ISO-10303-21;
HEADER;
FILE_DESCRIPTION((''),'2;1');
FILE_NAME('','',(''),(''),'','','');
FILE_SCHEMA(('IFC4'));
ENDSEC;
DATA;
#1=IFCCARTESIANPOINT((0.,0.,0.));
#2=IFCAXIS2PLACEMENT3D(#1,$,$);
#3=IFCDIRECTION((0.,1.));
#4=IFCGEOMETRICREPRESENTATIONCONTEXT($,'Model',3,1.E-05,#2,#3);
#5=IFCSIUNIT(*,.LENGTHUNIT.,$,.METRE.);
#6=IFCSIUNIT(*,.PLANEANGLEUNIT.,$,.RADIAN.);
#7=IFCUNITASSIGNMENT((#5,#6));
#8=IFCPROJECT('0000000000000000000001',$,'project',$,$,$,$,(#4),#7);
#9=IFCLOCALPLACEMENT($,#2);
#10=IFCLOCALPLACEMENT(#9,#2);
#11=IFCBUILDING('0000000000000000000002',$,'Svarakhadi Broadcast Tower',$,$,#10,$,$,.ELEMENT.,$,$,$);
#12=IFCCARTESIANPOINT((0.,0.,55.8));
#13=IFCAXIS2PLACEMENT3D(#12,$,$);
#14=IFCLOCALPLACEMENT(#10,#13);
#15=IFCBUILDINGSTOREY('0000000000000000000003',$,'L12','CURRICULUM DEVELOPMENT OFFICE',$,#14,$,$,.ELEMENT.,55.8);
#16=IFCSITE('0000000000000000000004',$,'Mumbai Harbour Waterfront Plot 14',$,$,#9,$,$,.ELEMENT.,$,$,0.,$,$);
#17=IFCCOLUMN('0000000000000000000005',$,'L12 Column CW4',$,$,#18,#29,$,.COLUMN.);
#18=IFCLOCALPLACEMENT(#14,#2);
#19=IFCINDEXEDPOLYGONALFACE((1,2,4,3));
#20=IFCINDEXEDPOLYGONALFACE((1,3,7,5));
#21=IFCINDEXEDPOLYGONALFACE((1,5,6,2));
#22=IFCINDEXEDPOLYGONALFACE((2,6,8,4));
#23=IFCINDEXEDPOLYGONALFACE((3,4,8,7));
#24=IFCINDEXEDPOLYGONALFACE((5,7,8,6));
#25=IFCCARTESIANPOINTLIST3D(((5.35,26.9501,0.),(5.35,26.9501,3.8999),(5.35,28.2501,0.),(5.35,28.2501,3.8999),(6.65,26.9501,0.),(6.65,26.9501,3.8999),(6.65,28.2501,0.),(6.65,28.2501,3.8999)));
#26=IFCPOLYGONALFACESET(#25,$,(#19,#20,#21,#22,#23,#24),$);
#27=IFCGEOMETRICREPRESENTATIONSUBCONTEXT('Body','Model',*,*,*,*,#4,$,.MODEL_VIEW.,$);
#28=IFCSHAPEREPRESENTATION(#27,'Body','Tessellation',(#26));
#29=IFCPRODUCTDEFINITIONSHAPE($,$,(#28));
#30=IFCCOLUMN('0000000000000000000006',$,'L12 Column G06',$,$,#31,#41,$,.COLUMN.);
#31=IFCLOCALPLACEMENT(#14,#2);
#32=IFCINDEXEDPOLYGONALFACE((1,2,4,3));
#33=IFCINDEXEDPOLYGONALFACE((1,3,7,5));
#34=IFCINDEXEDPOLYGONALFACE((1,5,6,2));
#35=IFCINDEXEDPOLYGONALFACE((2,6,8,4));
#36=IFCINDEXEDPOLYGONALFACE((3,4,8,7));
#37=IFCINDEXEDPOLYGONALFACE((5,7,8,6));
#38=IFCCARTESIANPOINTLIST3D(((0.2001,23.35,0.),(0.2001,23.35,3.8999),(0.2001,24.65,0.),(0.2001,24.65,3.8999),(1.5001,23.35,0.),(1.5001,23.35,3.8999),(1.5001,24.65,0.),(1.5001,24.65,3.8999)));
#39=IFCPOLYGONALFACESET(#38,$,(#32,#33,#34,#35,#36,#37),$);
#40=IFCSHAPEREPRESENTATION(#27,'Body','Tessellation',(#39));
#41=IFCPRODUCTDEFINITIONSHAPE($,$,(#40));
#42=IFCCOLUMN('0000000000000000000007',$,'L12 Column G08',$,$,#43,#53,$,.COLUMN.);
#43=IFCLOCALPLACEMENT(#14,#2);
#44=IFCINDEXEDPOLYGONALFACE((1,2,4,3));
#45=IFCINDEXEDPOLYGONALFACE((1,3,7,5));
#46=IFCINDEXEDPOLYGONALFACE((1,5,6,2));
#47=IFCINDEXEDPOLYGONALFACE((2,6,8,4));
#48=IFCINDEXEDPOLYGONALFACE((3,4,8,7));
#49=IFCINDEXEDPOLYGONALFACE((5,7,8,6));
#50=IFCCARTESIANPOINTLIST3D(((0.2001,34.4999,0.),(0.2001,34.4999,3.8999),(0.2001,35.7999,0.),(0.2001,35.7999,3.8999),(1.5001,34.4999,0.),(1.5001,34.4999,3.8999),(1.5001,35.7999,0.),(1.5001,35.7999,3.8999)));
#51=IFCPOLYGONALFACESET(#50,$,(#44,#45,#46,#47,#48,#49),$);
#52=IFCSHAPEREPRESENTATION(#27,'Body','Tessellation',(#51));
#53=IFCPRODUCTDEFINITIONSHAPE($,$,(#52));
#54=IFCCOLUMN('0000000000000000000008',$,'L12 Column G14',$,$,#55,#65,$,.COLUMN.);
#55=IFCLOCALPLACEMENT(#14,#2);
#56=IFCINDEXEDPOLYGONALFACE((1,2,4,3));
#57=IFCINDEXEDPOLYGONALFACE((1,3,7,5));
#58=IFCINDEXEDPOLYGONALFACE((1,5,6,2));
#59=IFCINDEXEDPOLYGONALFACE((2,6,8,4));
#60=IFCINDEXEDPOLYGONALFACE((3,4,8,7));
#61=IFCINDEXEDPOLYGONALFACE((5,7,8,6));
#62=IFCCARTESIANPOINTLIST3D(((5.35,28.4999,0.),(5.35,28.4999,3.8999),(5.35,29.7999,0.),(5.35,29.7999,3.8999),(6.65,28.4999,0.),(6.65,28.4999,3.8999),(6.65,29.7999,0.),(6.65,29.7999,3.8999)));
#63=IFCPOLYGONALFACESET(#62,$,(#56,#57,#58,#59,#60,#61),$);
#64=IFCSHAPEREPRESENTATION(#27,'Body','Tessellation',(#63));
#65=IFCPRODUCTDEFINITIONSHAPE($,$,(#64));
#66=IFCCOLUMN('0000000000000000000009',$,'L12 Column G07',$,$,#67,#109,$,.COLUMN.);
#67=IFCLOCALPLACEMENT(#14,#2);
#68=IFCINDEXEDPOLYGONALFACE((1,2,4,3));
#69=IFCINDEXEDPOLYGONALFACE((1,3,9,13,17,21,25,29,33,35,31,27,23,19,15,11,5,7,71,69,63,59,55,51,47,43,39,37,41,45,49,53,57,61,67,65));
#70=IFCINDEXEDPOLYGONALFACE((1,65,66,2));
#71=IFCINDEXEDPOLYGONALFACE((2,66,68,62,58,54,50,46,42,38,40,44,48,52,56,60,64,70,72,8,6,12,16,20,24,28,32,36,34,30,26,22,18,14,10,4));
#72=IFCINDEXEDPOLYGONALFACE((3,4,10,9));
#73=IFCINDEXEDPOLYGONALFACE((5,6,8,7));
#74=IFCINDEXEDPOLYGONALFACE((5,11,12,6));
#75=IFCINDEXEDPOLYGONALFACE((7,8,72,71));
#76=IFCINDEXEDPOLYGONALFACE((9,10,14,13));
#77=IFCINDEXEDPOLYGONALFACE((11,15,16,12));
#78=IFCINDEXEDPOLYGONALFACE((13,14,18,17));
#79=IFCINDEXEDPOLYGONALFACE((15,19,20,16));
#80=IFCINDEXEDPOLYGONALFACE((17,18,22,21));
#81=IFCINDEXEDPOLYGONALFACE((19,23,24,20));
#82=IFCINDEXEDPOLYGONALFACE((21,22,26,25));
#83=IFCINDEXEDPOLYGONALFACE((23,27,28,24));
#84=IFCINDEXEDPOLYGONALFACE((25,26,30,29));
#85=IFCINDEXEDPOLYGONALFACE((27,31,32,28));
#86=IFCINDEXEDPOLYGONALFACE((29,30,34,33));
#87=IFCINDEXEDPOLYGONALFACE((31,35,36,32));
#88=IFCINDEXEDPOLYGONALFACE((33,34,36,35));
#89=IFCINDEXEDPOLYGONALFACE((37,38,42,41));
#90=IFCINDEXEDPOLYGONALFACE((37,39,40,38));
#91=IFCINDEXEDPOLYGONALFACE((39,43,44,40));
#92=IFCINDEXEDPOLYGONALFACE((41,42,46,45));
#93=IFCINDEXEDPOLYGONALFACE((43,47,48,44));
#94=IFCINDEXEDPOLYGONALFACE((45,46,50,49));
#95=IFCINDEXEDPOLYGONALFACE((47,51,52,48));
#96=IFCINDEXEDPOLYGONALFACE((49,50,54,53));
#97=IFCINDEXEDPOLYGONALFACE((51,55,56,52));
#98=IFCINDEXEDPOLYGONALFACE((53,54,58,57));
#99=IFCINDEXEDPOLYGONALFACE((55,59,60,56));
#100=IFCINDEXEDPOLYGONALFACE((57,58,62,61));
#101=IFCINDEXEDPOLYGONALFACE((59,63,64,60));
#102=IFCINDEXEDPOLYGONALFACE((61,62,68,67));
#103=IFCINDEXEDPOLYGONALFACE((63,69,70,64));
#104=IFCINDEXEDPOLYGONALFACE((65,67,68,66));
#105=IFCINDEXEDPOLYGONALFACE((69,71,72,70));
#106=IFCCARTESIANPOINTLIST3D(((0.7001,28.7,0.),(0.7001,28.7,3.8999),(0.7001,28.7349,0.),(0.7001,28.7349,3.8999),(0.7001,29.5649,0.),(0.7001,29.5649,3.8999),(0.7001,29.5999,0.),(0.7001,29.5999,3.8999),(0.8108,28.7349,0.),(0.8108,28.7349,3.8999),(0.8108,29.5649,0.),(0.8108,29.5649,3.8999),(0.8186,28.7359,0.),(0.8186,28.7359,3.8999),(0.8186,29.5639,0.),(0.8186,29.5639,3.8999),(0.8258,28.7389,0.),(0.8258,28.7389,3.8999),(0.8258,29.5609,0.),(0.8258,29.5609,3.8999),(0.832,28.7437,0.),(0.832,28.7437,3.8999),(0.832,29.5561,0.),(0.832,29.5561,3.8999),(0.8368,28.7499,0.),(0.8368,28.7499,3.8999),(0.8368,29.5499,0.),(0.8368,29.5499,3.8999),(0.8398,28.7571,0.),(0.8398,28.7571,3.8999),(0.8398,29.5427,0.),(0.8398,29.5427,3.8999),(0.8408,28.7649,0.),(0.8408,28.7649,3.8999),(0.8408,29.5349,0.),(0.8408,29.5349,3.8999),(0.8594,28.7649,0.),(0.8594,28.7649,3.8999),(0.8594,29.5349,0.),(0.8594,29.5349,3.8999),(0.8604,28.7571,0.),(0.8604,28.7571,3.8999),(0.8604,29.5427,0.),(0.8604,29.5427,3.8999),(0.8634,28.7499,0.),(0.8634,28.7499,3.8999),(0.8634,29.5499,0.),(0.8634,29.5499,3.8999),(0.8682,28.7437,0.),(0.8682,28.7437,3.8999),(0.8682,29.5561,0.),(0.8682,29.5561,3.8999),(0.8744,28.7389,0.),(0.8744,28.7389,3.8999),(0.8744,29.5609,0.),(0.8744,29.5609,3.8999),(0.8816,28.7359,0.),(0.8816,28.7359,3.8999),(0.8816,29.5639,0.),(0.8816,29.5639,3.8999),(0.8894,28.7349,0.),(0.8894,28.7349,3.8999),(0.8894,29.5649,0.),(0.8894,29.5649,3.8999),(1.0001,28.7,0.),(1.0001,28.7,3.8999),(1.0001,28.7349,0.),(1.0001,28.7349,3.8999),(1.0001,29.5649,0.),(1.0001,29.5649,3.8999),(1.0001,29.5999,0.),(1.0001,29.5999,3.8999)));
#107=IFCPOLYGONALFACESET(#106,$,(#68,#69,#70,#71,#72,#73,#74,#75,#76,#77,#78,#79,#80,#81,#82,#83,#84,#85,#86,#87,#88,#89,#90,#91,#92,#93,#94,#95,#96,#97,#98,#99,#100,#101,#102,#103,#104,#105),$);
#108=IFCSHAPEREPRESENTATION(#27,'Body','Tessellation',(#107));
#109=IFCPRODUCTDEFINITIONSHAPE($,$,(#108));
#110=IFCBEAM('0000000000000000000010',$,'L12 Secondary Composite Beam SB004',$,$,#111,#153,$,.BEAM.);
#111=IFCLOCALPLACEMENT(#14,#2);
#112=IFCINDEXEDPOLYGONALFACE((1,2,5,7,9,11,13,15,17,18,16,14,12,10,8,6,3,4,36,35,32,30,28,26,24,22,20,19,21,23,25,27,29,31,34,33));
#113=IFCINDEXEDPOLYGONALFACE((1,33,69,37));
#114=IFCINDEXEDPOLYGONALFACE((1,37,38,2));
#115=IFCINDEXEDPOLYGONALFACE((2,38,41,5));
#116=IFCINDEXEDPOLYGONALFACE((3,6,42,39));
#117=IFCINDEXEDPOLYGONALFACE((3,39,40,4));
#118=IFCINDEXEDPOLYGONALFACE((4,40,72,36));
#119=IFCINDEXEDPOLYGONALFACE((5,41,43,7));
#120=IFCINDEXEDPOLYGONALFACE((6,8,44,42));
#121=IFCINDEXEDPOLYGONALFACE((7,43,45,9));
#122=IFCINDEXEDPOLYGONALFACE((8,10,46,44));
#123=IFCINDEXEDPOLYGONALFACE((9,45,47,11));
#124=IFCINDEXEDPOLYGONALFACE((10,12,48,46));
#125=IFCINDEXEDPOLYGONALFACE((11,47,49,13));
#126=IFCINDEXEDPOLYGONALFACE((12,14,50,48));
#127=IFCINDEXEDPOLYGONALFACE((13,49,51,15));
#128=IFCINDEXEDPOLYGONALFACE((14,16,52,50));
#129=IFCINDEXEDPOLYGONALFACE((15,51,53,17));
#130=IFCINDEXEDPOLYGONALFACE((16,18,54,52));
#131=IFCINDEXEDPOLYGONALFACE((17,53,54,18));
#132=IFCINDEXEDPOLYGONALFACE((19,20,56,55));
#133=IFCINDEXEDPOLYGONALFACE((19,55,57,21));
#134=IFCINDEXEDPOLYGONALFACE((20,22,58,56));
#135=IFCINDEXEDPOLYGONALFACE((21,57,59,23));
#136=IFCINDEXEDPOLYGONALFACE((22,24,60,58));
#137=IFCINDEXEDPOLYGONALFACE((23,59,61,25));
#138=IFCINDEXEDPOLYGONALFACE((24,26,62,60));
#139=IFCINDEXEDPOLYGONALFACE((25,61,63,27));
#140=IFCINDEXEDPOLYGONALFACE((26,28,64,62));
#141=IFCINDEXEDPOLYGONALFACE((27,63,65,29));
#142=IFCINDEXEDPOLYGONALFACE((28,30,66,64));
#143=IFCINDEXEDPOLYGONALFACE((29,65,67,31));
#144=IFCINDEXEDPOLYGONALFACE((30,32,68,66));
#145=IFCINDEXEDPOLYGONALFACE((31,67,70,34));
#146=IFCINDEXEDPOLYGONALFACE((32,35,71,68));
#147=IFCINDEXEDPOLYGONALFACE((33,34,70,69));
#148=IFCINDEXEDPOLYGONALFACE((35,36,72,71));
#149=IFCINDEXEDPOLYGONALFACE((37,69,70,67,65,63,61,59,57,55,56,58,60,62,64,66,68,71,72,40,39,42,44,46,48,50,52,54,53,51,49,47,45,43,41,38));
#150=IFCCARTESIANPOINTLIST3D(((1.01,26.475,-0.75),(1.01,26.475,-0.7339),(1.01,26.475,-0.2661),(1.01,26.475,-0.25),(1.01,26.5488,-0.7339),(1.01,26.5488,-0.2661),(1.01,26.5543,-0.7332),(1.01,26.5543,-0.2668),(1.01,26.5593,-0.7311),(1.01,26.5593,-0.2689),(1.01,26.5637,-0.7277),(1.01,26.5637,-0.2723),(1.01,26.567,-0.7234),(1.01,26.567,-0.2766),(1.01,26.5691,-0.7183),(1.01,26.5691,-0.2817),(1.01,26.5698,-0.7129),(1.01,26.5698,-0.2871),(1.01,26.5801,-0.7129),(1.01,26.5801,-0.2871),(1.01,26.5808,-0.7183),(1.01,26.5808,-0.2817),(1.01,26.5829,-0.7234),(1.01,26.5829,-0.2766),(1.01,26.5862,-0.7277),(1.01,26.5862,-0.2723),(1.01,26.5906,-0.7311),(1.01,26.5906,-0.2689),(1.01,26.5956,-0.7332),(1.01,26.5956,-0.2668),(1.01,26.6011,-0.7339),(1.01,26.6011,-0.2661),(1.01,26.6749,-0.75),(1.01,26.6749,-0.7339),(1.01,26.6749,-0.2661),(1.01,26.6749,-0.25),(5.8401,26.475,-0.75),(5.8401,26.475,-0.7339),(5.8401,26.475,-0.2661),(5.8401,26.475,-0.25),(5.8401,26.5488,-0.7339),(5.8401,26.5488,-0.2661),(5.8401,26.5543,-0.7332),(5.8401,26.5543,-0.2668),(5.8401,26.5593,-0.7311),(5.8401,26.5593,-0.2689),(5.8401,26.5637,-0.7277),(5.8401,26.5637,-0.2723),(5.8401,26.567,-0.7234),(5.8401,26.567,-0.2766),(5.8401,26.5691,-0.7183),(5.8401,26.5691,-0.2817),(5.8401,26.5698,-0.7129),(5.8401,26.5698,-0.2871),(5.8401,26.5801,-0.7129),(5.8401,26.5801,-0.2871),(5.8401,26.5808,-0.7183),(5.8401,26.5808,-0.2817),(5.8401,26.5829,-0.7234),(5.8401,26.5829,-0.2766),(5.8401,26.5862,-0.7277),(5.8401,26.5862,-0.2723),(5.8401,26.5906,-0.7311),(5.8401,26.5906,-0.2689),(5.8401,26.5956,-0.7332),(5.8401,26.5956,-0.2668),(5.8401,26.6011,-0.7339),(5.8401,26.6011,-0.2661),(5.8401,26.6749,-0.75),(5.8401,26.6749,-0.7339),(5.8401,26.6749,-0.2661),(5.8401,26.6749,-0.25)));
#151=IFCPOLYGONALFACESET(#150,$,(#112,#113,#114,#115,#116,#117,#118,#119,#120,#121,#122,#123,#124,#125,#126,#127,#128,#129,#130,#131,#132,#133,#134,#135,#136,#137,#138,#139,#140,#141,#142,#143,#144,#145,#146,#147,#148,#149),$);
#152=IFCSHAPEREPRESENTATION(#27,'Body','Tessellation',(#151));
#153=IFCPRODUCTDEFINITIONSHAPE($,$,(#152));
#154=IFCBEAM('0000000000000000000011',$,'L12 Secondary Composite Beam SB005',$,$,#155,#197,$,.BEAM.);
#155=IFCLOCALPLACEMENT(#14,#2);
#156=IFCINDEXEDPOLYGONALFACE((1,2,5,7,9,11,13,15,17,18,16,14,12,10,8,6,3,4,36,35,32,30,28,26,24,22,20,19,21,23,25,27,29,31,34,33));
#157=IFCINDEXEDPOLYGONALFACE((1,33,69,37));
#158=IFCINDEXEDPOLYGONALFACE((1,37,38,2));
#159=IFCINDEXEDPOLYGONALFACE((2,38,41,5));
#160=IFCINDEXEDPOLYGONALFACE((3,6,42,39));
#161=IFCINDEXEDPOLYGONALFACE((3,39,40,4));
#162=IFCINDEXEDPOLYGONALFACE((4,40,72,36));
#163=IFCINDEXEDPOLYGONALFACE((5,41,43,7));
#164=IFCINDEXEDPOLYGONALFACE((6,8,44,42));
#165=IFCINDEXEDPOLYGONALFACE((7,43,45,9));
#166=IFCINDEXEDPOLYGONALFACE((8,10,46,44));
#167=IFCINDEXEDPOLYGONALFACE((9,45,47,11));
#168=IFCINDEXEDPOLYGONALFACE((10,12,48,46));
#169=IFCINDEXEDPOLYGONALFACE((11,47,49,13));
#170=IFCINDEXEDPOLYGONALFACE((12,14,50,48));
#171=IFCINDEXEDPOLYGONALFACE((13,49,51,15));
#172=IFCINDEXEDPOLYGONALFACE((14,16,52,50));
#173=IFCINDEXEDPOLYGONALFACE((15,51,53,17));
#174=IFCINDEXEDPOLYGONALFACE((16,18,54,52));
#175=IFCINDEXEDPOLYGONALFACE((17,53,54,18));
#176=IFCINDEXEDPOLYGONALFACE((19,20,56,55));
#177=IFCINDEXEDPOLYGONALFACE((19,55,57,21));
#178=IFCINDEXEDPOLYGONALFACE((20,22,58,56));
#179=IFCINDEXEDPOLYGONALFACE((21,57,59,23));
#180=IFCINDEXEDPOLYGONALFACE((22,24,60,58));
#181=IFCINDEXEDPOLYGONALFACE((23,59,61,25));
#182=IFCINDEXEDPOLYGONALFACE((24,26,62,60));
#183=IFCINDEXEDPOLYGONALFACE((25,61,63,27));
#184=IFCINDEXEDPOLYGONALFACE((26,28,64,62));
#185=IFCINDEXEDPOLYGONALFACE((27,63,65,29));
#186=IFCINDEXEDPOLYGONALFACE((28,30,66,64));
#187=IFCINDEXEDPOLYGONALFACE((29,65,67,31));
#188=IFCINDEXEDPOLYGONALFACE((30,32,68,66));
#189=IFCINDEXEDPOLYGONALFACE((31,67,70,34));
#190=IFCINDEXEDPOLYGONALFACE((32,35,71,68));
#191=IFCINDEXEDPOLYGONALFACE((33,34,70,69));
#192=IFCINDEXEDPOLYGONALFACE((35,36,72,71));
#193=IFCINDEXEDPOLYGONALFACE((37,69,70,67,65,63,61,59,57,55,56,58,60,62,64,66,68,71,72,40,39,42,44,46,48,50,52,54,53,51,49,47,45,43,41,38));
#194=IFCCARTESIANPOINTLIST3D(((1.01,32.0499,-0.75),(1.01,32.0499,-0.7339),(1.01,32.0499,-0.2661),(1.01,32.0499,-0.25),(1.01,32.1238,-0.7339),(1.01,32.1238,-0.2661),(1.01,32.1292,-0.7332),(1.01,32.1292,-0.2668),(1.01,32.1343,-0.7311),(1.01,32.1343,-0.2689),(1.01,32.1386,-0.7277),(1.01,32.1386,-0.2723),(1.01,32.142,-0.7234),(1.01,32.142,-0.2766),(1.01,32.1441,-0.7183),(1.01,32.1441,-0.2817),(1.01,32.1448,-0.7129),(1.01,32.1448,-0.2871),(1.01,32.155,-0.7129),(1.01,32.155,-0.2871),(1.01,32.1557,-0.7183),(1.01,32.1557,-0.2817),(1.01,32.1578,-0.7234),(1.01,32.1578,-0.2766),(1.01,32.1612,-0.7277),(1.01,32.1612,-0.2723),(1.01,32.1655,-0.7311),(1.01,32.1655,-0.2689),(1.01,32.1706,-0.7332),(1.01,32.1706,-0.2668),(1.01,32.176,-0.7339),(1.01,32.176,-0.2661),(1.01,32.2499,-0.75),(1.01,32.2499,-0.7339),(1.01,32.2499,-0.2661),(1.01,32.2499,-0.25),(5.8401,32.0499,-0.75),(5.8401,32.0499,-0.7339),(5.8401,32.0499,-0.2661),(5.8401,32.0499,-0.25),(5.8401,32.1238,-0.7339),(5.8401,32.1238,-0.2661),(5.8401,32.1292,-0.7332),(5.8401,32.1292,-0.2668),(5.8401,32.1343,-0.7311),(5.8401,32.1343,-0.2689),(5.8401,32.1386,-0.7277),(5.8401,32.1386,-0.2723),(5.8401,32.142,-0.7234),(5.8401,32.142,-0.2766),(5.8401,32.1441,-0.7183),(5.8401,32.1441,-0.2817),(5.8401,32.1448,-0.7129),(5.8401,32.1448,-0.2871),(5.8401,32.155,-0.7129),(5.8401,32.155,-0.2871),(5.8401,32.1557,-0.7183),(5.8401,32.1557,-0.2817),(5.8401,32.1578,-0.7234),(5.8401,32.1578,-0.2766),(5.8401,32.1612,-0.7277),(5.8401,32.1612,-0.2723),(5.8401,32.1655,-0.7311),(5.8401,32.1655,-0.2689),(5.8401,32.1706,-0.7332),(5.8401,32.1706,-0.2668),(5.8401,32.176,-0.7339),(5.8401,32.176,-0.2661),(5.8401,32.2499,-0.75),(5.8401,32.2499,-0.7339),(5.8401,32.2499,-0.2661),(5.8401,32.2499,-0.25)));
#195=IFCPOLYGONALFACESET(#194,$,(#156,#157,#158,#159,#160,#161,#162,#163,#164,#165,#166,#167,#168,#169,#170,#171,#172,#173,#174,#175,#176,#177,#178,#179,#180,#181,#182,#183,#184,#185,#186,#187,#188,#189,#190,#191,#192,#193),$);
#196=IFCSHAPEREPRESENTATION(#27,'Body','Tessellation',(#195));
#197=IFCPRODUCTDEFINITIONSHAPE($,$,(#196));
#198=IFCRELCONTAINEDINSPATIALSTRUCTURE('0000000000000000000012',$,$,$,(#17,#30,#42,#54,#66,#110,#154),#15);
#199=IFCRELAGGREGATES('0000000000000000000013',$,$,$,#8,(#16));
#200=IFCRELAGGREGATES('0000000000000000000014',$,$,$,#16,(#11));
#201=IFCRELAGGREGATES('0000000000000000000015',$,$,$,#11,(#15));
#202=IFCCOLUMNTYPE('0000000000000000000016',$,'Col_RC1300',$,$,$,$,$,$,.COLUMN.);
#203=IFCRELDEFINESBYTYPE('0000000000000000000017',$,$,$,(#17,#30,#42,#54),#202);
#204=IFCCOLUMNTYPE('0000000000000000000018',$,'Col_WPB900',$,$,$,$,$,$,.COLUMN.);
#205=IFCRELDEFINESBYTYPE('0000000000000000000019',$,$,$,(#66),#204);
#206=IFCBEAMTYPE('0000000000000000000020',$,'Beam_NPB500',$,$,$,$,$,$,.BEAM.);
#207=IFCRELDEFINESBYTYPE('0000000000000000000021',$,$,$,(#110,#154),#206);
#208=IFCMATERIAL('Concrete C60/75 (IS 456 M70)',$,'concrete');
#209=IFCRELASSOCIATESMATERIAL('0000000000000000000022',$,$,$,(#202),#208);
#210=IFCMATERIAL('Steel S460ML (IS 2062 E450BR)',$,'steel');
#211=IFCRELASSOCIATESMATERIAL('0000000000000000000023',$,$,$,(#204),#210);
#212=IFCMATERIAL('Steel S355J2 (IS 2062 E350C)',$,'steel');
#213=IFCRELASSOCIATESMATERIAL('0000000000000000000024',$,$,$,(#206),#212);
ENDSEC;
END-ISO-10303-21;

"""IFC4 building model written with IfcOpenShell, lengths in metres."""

from ifc_helpers import new_model, si_unit, direction, frame, origin, origin_2d, place, context, subcontext, project, spatial, rectangle, i_section, extrude, material, material_profile, profile_set, type_object, element, save


model = new_model("IFC4")

# Units and contexts
model_context = context("Model", 3, precision=1e-05, world=origin(), true_north=direction((0.0, 1.0)))
body_context = subcontext(model_context, "Body", "Model", "MODEL_VIEW")
ifc_project = project(units=[si_unit("LENGTHUNIT", "METRE"), si_unit("PLANEANGLEUNIT", "RADIAN")], contexts=[model_context])

# Site, building, storey
site_placement = place(None, origin())
site = spatial("IfcSite", under=ifc_project, at=site_placement, Name="Mumbai Harbour Waterfront Plot 14", CompositionType="ELEMENT", RefElevation=0.0)
building_placement = place(site_placement, origin())
building = spatial("IfcBuilding", under=site, at=building_placement, Name="Svarakhadi Broadcast Tower", CompositionType="ELEMENT")
storey_placement = place(building_placement, frame((0.0, 0.0, 55.8)))
storey = spatial("IfcBuildingStorey", under=building, at=storey_placement, Name="L12", Description="CURRICULUM DEVELOPMENT OFFICE", CompositionType="ELEMENT", Elevation=55.8)

# Columns
ifc_material_1 = material(Name="Concrete C60/75 (IS 456 M70)", Category="concrete")
ifc_material_profile_1 = material_profile(ifc_material_1, rectangle(XDim=1.3, YDim=1.3, at=origin_2d()), Name="RC 1300x1300")
ifc_profile_set_1 = profile_set([ifc_material_profile_1], Name="Concrete C60/75 (IS 456 M70)")
column_type_1 = type_object("IfcColumnType", Name="Col_RC1300", PredefinedType="COLUMN", material=ifc_profile_set_1)
for number, where, z_axis, x_axis, name in (
    (1, (6.0, 27.6001, 0.0), (0.0, 0.0, 1.0), (1.0, 0.0, 0.0), "L12 Column CW4"),
    (2, (0.8501, 24.0, 0.0), (0.0, 0.0, 1.0), (1.0, 0.0, 0.0), "L12 Column G06"),
    (3, (0.8501, 35.1499, 0.0), (0.0, 0.0, 1.0), (1.0, 0.0, 0.0), "L12 Column G08"),
    (4, (6.0, 29.1499, 0.0), (0.0, 0.0, 1.0), (1.0, 0.0, 0.0), "L12 Column G14"),
):
    element("IfcColumn", number, at=place(storey_placement, frame(where, z_axis=z_axis, x_axis=x_axis)), inside=storey, type_object=column_type_1, Name=name, PredefinedType="COLUMN", context=body_context, shape_type="SweptSolid", body=[
        extrude(rectangle(XDim=1.3, YDim=1.3, at=origin_2d()), origin(), (0.0, 0.0, 1.0), 3.8999),
    ])
ifc_material_2 = material(Name="Steel S460ML (IS 2062 E450BR)", Category="steel")
ifc_material_profile_2 = material_profile(ifc_material_2, i_section(OverallWidth=0.3, OverallDepth=0.8999, WebThickness=0.0186, FlangeThickness=0.0349, FilletRadius=0.03, at=origin_2d()), Name="WPB 900x300x291")
ifc_profile_set_2 = profile_set([ifc_material_profile_2], Name="Steel S460ML (IS 2062 E450BR)")
column_type_2 = type_object("IfcColumnType", Name="Col_WPB900", PredefinedType="COLUMN", material=ifc_profile_set_2)
column_placement = place(storey_placement, frame((0.8501, 29.1499, 0.0), z_axis=(0.0, 0.0, 1.0), x_axis=(1.0, 0.0, 0.0)))
element("IfcColumn", 5, at=column_placement, inside=storey, type_object=column_type_2, Name="L12 Column G07", PredefinedType="COLUMN", context=body_context, shape_type="SweptSolid", body=[
    extrude(i_section(OverallWidth=0.3, OverallDepth=0.8999, WebThickness=0.0186, FlangeThickness=0.0349, FilletRadius=0.03, at=origin_2d()), origin(), (0.0, 0.0, 1.0), 3.8999),
])

# Beams
ifc_material_3 = material(Name="Steel S355J2 (IS 2062 E350C)", Category="steel")
ifc_material_profile_3 = material_profile(ifc_material_3, i_section(OverallWidth=0.2, OverallDepth=0.5, WebThickness=0.0103, FlangeThickness=0.0161, FilletRadius=0.021, at=origin_2d()), Name="NPB 500x200x91")
ifc_profile_set_3 = profile_set([ifc_material_profile_3], Name="Steel S355J2 (IS 2062 E350C)")
beam_type_1 = type_object("IfcBeamType", Name="Beam_NPB500", PredefinedType="BEAM", material=ifc_profile_set_3)
for number, where, z_axis, x_axis, name in (
    (6, (1.01, 26.575, -0.5), (1.0, 0.0, 0.0), (0.0, 1.0, 0.0), "L12 Secondary Composite Beam SB004"),
    (7, (1.01, 32.1499, -0.5), (1.0, 0.0, 0.0), (0.0, 1.0, 0.0), "L12 Secondary Composite Beam SB005"),
):
    element("IfcBeam", number, at=place(storey_placement, frame(where, z_axis=z_axis, x_axis=x_axis)), inside=storey, type_object=beam_type_1, Name=name, PredefinedType="BEAM", context=body_context, shape_type="SweptSolid", body=[
        extrude(i_section(OverallWidth=0.2, OverallDepth=0.5, WebThickness=0.0103, FlangeThickness=0.0161, FilletRadius=0.021, at=origin_2d()), origin(), (0.0, 0.0, 1.0), 4.8301),
    ])

save(model, "model.ifc")
